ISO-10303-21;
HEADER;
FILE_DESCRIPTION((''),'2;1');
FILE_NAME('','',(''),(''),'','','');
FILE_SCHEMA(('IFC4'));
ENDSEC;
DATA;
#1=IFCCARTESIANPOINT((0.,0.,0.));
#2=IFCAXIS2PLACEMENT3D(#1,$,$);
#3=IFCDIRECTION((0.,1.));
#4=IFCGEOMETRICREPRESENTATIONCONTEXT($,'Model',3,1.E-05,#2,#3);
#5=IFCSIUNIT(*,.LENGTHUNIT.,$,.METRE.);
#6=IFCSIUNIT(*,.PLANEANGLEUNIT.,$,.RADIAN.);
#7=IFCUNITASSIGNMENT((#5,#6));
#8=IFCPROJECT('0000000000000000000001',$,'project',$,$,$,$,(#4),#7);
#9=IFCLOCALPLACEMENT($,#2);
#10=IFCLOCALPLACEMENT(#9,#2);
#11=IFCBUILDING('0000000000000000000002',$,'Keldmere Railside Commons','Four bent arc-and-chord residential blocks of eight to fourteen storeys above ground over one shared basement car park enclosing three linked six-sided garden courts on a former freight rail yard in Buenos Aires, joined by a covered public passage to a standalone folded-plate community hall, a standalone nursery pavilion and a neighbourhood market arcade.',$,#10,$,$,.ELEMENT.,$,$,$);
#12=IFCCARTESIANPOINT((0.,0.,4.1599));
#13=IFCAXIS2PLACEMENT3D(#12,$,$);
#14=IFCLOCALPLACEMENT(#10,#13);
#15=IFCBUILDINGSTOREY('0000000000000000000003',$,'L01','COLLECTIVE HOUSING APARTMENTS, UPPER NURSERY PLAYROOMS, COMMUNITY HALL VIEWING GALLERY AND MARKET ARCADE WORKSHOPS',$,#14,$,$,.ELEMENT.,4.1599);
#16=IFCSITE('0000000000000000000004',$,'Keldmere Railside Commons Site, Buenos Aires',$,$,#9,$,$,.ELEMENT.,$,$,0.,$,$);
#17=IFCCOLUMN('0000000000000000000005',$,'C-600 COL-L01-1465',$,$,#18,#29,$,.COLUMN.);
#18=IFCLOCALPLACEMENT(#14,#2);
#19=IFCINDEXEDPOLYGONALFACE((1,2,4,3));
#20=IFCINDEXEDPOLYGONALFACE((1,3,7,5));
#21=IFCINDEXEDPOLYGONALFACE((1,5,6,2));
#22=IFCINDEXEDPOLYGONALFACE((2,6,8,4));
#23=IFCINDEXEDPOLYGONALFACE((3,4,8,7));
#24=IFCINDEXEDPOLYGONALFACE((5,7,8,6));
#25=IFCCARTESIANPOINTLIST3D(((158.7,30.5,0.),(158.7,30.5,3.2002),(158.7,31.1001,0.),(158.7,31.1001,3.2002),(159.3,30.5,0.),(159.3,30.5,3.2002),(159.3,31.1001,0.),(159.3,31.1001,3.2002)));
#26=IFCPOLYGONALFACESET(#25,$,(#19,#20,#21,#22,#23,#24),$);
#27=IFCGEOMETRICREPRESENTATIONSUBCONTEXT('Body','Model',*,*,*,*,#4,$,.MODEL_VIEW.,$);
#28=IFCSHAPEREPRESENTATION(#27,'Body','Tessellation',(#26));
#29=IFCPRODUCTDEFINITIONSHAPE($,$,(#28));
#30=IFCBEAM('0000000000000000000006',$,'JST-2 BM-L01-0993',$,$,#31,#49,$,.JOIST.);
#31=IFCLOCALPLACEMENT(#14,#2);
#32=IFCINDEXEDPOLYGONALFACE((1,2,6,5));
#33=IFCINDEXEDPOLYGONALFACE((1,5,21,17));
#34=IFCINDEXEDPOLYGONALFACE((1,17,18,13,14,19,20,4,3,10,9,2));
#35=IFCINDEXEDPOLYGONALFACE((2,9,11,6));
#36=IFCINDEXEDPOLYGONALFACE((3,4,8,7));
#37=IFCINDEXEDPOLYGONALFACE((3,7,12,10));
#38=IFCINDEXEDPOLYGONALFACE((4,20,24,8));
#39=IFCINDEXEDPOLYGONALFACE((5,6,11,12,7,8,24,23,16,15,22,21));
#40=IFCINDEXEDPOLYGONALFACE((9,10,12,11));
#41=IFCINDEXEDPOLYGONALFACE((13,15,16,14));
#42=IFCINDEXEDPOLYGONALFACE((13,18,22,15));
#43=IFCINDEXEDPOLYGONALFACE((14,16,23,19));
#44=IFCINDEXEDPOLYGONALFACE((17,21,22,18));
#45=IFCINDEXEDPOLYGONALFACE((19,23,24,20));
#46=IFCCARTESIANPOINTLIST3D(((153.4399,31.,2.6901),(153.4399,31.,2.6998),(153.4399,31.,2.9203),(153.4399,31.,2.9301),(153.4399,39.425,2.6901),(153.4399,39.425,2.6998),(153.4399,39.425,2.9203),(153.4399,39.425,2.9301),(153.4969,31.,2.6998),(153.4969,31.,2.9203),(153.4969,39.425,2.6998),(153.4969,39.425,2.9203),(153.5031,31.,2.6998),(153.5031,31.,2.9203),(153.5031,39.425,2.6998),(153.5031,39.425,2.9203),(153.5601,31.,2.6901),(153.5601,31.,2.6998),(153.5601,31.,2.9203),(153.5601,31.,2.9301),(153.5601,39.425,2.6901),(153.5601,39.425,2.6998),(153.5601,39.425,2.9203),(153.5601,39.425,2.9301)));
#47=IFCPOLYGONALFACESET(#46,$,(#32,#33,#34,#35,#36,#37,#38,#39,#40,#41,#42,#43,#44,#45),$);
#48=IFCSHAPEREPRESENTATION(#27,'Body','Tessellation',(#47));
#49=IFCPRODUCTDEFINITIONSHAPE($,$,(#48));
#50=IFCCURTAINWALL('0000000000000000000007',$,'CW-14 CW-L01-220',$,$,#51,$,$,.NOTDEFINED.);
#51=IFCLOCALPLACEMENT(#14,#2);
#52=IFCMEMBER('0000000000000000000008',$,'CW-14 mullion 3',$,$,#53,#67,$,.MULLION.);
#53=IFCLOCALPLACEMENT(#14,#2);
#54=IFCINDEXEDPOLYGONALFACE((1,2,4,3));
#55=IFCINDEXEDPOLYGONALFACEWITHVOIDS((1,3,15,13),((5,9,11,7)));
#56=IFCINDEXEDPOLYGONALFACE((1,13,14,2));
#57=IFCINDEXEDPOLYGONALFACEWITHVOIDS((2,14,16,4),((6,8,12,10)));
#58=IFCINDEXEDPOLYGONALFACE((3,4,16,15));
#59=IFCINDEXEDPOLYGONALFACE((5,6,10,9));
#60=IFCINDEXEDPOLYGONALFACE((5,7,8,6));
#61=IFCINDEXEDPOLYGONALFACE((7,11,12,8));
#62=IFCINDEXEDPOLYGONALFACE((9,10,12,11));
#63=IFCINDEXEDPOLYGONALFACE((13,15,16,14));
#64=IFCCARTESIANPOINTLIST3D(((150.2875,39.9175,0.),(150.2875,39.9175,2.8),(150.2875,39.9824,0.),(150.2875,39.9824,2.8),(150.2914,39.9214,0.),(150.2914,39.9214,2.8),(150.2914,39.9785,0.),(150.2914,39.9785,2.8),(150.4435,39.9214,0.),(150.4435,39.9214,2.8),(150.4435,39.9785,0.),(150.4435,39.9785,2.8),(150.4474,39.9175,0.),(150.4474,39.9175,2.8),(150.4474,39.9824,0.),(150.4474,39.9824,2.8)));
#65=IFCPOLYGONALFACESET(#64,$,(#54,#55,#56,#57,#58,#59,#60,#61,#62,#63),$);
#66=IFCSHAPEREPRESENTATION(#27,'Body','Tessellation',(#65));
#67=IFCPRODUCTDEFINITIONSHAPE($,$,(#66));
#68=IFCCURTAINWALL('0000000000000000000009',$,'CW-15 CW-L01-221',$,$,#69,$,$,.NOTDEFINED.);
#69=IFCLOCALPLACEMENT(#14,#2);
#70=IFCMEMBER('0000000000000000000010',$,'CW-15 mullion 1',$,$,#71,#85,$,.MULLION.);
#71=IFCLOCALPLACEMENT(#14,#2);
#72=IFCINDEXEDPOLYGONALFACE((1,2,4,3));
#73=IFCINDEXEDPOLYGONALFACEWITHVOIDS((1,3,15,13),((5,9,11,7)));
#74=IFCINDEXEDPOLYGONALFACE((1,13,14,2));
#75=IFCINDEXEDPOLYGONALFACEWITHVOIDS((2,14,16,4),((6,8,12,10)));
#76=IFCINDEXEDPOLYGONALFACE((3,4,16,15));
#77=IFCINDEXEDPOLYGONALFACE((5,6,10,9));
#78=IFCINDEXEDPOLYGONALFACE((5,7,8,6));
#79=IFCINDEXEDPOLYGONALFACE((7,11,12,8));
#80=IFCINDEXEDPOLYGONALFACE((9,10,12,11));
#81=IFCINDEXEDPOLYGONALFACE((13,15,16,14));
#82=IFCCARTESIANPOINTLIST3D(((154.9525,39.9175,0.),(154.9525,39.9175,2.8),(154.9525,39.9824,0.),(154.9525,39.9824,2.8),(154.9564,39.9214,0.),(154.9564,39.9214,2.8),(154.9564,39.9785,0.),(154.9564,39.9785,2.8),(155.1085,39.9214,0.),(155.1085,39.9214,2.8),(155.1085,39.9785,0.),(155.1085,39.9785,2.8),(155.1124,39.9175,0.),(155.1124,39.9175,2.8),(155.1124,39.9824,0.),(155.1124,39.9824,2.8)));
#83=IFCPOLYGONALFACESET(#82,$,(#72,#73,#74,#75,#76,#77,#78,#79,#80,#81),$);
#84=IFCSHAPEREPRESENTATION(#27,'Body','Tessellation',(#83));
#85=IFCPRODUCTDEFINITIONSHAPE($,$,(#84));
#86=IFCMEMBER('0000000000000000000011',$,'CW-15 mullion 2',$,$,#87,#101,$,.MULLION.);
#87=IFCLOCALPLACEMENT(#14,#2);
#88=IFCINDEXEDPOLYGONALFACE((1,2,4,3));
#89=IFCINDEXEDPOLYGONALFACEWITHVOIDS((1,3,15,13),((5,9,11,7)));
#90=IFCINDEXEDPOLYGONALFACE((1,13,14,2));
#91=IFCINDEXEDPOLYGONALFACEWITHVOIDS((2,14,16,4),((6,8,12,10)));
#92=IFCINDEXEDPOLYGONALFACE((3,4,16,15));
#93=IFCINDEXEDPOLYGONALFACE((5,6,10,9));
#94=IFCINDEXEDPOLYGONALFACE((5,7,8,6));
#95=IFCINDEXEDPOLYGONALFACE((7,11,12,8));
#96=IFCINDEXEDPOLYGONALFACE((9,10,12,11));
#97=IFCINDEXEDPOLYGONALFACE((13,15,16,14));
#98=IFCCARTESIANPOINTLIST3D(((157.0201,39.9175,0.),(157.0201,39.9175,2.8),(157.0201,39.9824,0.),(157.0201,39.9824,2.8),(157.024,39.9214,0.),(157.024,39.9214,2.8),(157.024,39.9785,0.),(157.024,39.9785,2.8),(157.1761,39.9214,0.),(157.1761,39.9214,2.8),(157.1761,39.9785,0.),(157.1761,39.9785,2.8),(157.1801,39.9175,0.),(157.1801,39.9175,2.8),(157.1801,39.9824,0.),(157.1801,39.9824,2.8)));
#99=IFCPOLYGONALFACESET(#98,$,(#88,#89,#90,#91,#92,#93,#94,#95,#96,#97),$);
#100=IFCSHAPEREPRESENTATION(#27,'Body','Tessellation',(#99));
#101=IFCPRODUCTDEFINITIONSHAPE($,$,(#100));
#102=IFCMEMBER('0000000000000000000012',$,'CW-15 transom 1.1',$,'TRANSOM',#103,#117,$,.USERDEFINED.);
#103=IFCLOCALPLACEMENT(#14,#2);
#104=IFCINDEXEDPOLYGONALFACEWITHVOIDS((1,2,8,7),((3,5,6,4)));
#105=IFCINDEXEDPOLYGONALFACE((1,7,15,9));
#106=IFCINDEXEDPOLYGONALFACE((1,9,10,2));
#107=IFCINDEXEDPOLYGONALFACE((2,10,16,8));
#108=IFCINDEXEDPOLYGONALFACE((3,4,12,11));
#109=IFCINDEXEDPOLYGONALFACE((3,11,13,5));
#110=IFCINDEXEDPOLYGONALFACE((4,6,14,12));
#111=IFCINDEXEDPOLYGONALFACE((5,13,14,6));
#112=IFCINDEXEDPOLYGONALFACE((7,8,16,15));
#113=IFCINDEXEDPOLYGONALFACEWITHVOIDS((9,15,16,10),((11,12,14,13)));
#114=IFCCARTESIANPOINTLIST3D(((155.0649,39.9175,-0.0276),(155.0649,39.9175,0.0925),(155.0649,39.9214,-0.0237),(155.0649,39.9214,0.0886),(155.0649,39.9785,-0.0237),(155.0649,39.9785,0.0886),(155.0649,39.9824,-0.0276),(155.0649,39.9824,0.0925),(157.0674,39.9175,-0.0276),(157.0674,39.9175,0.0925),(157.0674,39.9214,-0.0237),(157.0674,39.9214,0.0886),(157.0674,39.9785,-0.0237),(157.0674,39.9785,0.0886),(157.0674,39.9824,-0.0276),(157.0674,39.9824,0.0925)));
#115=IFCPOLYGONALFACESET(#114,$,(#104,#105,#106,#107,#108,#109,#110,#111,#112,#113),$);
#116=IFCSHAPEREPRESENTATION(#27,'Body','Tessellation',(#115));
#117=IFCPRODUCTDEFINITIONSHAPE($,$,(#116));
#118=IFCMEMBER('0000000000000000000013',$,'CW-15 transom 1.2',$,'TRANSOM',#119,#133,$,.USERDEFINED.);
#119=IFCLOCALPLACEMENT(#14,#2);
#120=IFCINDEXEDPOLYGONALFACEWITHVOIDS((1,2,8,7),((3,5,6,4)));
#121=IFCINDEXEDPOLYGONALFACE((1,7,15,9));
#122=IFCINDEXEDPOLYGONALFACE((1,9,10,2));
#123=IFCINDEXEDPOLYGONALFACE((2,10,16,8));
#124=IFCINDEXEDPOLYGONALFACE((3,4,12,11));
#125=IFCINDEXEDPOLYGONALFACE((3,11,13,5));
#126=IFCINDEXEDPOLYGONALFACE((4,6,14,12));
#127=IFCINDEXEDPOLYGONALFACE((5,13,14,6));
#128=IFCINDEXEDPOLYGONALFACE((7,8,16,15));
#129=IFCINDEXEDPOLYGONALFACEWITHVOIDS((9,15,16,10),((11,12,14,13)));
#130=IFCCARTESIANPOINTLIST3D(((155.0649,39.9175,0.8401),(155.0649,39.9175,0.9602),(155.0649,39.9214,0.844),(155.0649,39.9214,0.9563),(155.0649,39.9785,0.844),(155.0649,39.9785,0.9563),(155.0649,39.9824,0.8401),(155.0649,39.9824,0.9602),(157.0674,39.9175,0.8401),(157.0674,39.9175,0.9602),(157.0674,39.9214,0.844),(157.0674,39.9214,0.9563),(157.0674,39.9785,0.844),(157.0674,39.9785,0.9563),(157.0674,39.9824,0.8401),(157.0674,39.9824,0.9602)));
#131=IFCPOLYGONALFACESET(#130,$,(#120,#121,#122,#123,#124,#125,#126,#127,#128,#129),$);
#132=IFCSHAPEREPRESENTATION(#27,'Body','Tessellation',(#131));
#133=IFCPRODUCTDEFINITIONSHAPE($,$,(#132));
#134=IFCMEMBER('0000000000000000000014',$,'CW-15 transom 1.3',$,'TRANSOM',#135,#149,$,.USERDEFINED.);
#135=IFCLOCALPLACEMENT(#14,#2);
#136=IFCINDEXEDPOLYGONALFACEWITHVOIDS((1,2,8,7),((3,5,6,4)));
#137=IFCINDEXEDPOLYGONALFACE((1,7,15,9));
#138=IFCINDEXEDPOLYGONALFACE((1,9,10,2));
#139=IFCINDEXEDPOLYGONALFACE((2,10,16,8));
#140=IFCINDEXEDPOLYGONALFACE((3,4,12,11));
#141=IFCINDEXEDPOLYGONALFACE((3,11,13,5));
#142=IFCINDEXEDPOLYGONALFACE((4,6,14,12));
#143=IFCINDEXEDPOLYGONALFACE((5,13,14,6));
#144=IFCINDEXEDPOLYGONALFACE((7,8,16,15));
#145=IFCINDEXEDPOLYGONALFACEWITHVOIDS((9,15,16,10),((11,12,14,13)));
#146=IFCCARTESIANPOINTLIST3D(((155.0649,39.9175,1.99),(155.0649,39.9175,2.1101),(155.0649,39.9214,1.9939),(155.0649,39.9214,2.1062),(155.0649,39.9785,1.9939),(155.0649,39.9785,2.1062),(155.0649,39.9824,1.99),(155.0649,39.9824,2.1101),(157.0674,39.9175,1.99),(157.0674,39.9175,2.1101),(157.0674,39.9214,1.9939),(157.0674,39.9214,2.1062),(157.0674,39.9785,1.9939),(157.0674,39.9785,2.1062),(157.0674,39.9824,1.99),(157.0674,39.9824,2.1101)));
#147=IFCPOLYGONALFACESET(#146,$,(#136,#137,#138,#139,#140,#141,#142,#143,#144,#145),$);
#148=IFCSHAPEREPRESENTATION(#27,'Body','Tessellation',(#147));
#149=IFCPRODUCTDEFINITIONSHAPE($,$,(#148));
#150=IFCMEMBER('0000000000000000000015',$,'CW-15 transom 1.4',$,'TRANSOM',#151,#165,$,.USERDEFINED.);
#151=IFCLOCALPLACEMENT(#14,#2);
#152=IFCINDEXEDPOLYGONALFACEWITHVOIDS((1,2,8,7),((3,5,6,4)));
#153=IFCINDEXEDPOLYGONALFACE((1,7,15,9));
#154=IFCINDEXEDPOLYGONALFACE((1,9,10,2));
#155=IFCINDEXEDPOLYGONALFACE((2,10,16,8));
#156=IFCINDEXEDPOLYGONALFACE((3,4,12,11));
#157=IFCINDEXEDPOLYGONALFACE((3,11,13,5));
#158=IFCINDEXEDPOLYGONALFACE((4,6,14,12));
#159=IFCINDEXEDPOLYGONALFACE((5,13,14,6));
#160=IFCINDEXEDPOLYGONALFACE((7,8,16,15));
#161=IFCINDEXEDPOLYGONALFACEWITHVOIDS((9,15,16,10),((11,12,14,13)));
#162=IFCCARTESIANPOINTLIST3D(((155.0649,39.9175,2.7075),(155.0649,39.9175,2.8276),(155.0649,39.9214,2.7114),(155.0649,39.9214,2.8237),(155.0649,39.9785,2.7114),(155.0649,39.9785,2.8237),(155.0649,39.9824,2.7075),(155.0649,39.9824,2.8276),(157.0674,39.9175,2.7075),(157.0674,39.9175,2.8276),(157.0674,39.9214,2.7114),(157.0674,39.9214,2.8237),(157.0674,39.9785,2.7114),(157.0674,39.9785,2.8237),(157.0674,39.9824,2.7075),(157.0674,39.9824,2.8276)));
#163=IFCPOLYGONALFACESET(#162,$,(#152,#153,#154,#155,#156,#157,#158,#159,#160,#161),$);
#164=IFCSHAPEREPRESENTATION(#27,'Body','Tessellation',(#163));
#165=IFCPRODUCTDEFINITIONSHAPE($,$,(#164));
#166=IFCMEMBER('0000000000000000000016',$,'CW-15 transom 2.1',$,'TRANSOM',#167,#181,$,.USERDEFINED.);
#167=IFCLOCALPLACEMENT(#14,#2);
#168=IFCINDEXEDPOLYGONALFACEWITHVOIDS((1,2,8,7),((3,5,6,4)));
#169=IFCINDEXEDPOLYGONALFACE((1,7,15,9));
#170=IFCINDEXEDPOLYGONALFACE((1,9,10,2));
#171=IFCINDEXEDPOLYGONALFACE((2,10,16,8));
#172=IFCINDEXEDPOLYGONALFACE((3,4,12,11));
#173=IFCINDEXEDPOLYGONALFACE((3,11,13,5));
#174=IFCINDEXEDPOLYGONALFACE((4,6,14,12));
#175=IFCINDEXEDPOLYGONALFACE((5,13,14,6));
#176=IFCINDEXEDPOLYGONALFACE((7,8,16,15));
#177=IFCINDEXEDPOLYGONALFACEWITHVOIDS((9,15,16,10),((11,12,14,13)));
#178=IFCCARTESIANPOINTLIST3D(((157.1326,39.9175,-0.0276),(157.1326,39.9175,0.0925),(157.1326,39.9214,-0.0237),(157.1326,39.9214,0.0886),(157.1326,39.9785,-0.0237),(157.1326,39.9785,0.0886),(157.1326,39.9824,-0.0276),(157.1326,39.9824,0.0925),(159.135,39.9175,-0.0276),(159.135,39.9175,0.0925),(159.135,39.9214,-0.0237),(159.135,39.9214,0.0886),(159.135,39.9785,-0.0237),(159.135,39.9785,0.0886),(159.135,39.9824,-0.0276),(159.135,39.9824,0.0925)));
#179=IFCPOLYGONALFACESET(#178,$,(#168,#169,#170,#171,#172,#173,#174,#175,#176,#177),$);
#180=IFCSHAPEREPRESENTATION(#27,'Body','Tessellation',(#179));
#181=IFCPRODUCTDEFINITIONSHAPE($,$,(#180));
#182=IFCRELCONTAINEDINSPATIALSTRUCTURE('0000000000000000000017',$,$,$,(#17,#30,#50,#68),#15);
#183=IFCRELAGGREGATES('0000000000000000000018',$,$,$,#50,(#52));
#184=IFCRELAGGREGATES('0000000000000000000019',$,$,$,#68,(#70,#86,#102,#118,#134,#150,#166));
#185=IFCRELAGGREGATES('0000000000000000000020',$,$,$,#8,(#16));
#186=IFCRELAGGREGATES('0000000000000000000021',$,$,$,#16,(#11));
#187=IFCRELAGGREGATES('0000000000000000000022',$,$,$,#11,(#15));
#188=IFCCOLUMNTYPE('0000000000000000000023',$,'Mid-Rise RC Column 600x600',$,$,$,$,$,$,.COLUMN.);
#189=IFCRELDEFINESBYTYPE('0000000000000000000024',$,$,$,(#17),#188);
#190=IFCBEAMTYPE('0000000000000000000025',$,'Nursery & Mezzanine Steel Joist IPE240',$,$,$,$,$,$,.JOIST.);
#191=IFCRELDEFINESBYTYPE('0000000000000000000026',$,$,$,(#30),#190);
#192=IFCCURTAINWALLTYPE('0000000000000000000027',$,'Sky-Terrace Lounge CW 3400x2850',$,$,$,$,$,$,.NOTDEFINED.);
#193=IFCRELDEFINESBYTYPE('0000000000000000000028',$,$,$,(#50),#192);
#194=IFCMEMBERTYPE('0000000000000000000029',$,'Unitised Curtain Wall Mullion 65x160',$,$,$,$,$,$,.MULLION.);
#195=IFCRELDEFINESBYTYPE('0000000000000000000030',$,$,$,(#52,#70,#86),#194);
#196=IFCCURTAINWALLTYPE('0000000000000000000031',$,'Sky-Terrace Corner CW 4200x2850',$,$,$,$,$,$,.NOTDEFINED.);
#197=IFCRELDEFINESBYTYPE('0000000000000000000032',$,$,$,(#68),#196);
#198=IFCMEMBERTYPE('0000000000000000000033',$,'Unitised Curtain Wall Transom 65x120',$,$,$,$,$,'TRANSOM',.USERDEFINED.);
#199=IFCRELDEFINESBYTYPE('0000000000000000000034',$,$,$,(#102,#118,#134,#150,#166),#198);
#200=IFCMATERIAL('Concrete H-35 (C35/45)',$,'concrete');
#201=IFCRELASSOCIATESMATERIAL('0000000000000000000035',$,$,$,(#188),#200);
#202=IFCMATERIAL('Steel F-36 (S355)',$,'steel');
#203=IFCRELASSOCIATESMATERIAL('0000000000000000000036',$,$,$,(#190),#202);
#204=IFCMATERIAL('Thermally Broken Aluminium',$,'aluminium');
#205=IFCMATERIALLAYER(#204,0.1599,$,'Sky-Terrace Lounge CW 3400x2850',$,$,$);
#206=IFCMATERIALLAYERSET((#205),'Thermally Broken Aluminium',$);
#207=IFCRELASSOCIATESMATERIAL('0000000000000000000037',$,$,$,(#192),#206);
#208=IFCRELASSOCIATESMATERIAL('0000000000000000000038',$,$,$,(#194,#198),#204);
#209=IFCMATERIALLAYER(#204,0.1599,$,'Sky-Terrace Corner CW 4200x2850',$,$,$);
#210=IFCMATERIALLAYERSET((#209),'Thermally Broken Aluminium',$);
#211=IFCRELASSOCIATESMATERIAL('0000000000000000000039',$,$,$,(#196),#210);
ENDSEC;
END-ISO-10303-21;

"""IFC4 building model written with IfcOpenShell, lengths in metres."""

from ifc_helpers import new_model, si_unit, direction, frame, origin, origin_2d, place, context, subcontext, project, spatial, rectangle, hollow_rectangle, i_section, extrude, material, layer, layer_set, material_profile, profile_set, type_object, element, aggregate, save


model = new_model("IFC4")

# Units and contexts
model_context = context("Model", 3, precision=1e-05, world=origin(), true_north=direction((0.0, 1.0)))
body_context = subcontext(model_context, "Body", "Model", "MODEL_VIEW")
ifc_project = project(units=[si_unit("LENGTHUNIT", "METRE"), si_unit("PLANEANGLEUNIT", "RADIAN")], contexts=[model_context])

# Site, building, storey
site_placement = place(None, origin())
site = spatial("IfcSite", under=ifc_project, at=site_placement, Name="Keldmere Railside Commons Site, Buenos Aires", CompositionType="ELEMENT", RefElevation=0.0)
building_placement = place(site_placement, origin())
building = spatial("IfcBuilding", under=site, at=building_placement, Name="Keldmere Railside Commons", Description="Four bent arc-and-chord residential blocks of eight to fourteen storeys above ground over one shared basement car park enclosing three linked six-sided garden courts on a former freight rail yard in Buenos Aires, joined by a covered public passage to a standalone folded-plate community hall, a standalone nursery pavilion and a neighbourhood market arcade.", CompositionType="ELEMENT")
storey_placement = place(building_placement, frame((0.0, 0.0, 4.1599)))
storey = spatial("IfcBuildingStorey", under=building, at=storey_placement, Name="L01", Description="COLLECTIVE HOUSING APARTMENTS, UPPER NURSERY PLAYROOMS, COMMUNITY HALL VIEWING GALLERY AND MARKET ARCADE WORKSHOPS", CompositionType="ELEMENT", Elevation=4.1599)

# Column
ifc_material_1 = material(Name="Concrete H-35 (C35/45)", Category="concrete")
ifc_material_profile_1 = material_profile(ifc_material_1, rectangle(XDim=0.6001, YDim=0.6001, at=origin_2d()), Name="RC-600x600")
ifc_profile_set_1 = profile_set([ifc_material_profile_1], Name="Concrete H-35 (C35/45)")
column_type = type_object("IfcColumnType", Name="Mid-Rise RC Column 600x600", PredefinedType="COLUMN", material=ifc_profile_set_1)
column_placement = place(storey_placement, frame((159.0, 30.8, 0.0), z_axis=(0.0, 0.0, 1.0), x_axis=(1.0, 0.0, 0.0)))
element("IfcColumn", 1, at=column_placement, inside=storey, type_object=column_type, Name="C-600 COL-L01-1465", PredefinedType="COLUMN", context=body_context, shape_type="SweptSolid", body=[
    extrude(rectangle(XDim=0.6001, YDim=0.6001, at=origin_2d()), origin(), (0.0, 0.0, 1.0), 3.2002),
])

# Beam
ifc_material_2 = material(Name="Steel F-36 (S355)", Category="steel")
ifc_material_profile_2 = material_profile(ifc_material_2, i_section(OverallWidth=0.1201, OverallDepth=0.24, WebThickness=0.0061, FlangeThickness=0.0098, at=origin_2d()), Name="IPE-240")
ifc_profile_set_2 = profile_set([ifc_material_profile_2], Name="Steel F-36 (S355)")
beam_type = type_object("IfcBeamType", Name="Nursery & Mezzanine Steel Joist IPE240", PredefinedType="JOIST", material=ifc_profile_set_2)
beam_placement = place(storey_placement, frame((153.5, 31.0, 2.8101), z_axis=(0.0, 1.0, 0.0), x_axis=(-1.0, 0.0, 0.0)))
element("IfcBeam", 2, at=beam_placement, inside=storey, type_object=beam_type, Name="JST-2 BM-L01-0993", PredefinedType="JOIST", context=body_context, shape_type="SweptSolid", body=[
    extrude(i_section(OverallWidth=0.1201, OverallDepth=0.24, WebThickness=0.0061, FlangeThickness=0.0098, at=origin_2d()), origin(), (0.0, 0.0, 1.0), 8.425),
])

# Curtain wall, member
ifc_material_3 = material(Name="Thermally Broken Aluminium", Category="aluminium")
ifc_layer_1 = layer(ifc_material_3, 0.1599, Name="Sky-Terrace Lounge CW 3400x2850")
ifc_layer_set_1 = layer_set([ifc_layer_1], Name="Thermally Broken Aluminium")
curtain_wall_type_1 = type_object("IfcCurtainWallType", Name="Sky-Terrace Lounge CW 3400x2850", PredefinedType="NOTDEFINED", material=ifc_layer_set_1)
curtain_wall_1_placement = place(storey_placement, origin())
curtain_wall_1 = element("IfcCurtainWall", 3, at=curtain_wall_1_placement, inside=storey, type_object=curtain_wall_type_1, Name="CW-14 CW-L01-220", PredefinedType="NOTDEFINED")
ifc_material_profile_3 = material_profile(ifc_material_3, hollow_rectangle(XDim=0.0649, YDim=0.1599, WallThickness=0.0039, at=origin_2d()), Name="ALU-MULL-65x160")
ifc_profile_set_3 = profile_set([ifc_material_profile_3], Name="Thermally Broken Aluminium")
member_type_1 = type_object("IfcMemberType", Name="Unitised Curtain Wall Mullion 65x160", PredefinedType="MULLION", material=ifc_profile_set_3)
member_1_placement = place(storey_placement, frame((150.3674, 39.95, 0.0), z_axis=(0.0, 0.0, 1.0), x_axis=(0.0, 1.0, 0.0)))
member_1 = element("IfcMember", 4, at=member_1_placement, type_object=member_type_1, Name="CW-14 mullion 3", PredefinedType="MULLION", context=body_context, shape_type="SweptSolid", body=[
    extrude(hollow_rectangle(XDim=0.0649, YDim=0.1599, WallThickness=0.0039, at=origin_2d()), origin(), (0.0, 0.0, 1.0), 2.8),
])

# Curtain wall, members
ifc_layer_2 = layer(ifc_material_3, 0.1599, Name="Sky-Terrace Corner CW 4200x2850")
ifc_layer_set_2 = layer_set([ifc_layer_2], Name="Thermally Broken Aluminium")
curtain_wall_type_2 = type_object("IfcCurtainWallType", Name="Sky-Terrace Corner CW 4200x2850", PredefinedType="NOTDEFINED", material=ifc_layer_set_2)
curtain_wall_2_placement = place(storey_placement, origin())
curtain_wall_2 = element("IfcCurtainWall", 5, at=curtain_wall_2_placement, inside=storey, type_object=curtain_wall_type_2, Name="CW-15 CW-L01-221", PredefinedType="NOTDEFINED")
member_2_placement = place(storey_placement, frame((155.0325, 39.95, 0.0), z_axis=(0.0, 0.0, 1.0), x_axis=(0.0, 1.0, 0.0)))
member_2 = element("IfcMember", 6, at=member_2_placement, type_object=member_type_1, Name="CW-15 mullion 1", PredefinedType="MULLION", context=body_context, shape_type="SweptSolid", body=[
    extrude(hollow_rectangle(XDim=0.0649, YDim=0.1599, WallThickness=0.0039, at=origin_2d()), origin(), (0.0, 0.0, 1.0), 2.8),
])
member_3_placement = place(storey_placement, frame((157.1001, 39.95, 0.0), z_axis=(0.0, 0.0, 1.0), x_axis=(0.0, 1.0, 0.0)))
member_3 = element("IfcMember", 7, at=member_3_placement, type_object=member_type_1, Name="CW-15 mullion 2", PredefinedType="MULLION", context=body_context, shape_type="SweptSolid", body=[
    extrude(hollow_rectangle(XDim=0.0649, YDim=0.1599, WallThickness=0.0039, at=origin_2d()), origin(), (0.0, 0.0, 1.0), 2.8),
])
ifc_material_profile_4 = material_profile(ifc_material_3, hollow_rectangle(XDim=0.0649, YDim=0.1201, WallThickness=0.0039, at=origin_2d()), Name="ALU-TRAN-65x120")
ifc_profile_set_4 = profile_set([ifc_material_profile_4], Name="Thermally Broken Aluminium")
member_type_2 = type_object("IfcMemberType", Name="Unitised Curtain Wall Transom 65x120", ElementType="TRANSOM", PredefinedType="USERDEFINED", material=ifc_profile_set_4)
member_4_placement = place(storey_placement, frame((155.0649, 39.95, 0.0325), z_axis=(1.0, 0.0, 0.0), x_axis=(0.0, 1.0, 0.0)))
member_4 = element("IfcMember", 8, at=member_4_placement, type_object=member_type_2, Name="CW-15 transom 1.1", ObjectType="TRANSOM", PredefinedType="USERDEFINED", context=body_context, shape_type="SweptSolid", body=[
    extrude(hollow_rectangle(XDim=0.0649, YDim=0.1201, WallThickness=0.0039, at=origin_2d()), origin(), (0.0, 0.0, 1.0), 2.0024),
])
member_5_placement = place(storey_placement, frame((155.0649, 39.95, 0.9001), z_axis=(1.0, 0.0, 0.0), x_axis=(0.0, 1.0, 0.0)))
member_5 = element("IfcMember", 9, at=member_5_placement, type_object=member_type_2, Name="CW-15 transom 1.2", ObjectType="TRANSOM", PredefinedType="USERDEFINED", context=body_context, shape_type="SweptSolid", body=[
    extrude(hollow_rectangle(XDim=0.0649, YDim=0.1201, WallThickness=0.0039, at=origin_2d()), origin(), (0.0, 0.0, 1.0), 2.0024),
])
member_6_placement = place(storey_placement, frame((155.0649, 39.95, 2.05), z_axis=(1.0, 0.0, 0.0), x_axis=(0.0, 1.0, 0.0)))
member_6 = element("IfcMember", 10, at=member_6_placement, type_object=member_type_2, Name="CW-15 transom 1.3", ObjectType="TRANSOM", PredefinedType="USERDEFINED", context=body_context, shape_type="SweptSolid", body=[
    extrude(hollow_rectangle(XDim=0.0649, YDim=0.1201, WallThickness=0.0039, at=origin_2d()), origin(), (0.0, 0.0, 1.0), 2.0024),
])
member_7_placement = place(storey_placement, frame((155.0649, 39.95, 2.7676), z_axis=(1.0, 0.0, 0.0), x_axis=(0.0, 1.0, 0.0)))
member_7 = element("IfcMember", 11, at=member_7_placement, type_object=member_type_2, Name="CW-15 transom 1.4", ObjectType="TRANSOM", PredefinedType="USERDEFINED", context=body_context, shape_type="SweptSolid", body=[
    extrude(hollow_rectangle(XDim=0.0649, YDim=0.1201, WallThickness=0.0039, at=origin_2d()), origin(), (0.0, 0.0, 1.0), 2.0024),
])
member_8_placement = place(storey_placement, frame((157.1326, 39.95, 0.0325), z_axis=(1.0, 0.0, 0.0), x_axis=(0.0, 1.0, 0.0)))
member_8 = element("IfcMember", 12, at=member_8_placement, type_object=member_type_2, Name="CW-15 transom 2.1", ObjectType="TRANSOM", PredefinedType="USERDEFINED", context=body_context, shape_type="SweptSolid", body=[
    extrude(hollow_rectangle(XDim=0.0649, YDim=0.1201, WallThickness=0.0039, at=origin_2d()), origin(), (0.0, 0.0, 1.0), 2.0024),
])

aggregate(curtain_wall_1, [member_1])
aggregate(curtain_wall_2, [member_2, member_3, member_4, member_5, member_6, member_7, member_8])

save(model, "model.ifc")
